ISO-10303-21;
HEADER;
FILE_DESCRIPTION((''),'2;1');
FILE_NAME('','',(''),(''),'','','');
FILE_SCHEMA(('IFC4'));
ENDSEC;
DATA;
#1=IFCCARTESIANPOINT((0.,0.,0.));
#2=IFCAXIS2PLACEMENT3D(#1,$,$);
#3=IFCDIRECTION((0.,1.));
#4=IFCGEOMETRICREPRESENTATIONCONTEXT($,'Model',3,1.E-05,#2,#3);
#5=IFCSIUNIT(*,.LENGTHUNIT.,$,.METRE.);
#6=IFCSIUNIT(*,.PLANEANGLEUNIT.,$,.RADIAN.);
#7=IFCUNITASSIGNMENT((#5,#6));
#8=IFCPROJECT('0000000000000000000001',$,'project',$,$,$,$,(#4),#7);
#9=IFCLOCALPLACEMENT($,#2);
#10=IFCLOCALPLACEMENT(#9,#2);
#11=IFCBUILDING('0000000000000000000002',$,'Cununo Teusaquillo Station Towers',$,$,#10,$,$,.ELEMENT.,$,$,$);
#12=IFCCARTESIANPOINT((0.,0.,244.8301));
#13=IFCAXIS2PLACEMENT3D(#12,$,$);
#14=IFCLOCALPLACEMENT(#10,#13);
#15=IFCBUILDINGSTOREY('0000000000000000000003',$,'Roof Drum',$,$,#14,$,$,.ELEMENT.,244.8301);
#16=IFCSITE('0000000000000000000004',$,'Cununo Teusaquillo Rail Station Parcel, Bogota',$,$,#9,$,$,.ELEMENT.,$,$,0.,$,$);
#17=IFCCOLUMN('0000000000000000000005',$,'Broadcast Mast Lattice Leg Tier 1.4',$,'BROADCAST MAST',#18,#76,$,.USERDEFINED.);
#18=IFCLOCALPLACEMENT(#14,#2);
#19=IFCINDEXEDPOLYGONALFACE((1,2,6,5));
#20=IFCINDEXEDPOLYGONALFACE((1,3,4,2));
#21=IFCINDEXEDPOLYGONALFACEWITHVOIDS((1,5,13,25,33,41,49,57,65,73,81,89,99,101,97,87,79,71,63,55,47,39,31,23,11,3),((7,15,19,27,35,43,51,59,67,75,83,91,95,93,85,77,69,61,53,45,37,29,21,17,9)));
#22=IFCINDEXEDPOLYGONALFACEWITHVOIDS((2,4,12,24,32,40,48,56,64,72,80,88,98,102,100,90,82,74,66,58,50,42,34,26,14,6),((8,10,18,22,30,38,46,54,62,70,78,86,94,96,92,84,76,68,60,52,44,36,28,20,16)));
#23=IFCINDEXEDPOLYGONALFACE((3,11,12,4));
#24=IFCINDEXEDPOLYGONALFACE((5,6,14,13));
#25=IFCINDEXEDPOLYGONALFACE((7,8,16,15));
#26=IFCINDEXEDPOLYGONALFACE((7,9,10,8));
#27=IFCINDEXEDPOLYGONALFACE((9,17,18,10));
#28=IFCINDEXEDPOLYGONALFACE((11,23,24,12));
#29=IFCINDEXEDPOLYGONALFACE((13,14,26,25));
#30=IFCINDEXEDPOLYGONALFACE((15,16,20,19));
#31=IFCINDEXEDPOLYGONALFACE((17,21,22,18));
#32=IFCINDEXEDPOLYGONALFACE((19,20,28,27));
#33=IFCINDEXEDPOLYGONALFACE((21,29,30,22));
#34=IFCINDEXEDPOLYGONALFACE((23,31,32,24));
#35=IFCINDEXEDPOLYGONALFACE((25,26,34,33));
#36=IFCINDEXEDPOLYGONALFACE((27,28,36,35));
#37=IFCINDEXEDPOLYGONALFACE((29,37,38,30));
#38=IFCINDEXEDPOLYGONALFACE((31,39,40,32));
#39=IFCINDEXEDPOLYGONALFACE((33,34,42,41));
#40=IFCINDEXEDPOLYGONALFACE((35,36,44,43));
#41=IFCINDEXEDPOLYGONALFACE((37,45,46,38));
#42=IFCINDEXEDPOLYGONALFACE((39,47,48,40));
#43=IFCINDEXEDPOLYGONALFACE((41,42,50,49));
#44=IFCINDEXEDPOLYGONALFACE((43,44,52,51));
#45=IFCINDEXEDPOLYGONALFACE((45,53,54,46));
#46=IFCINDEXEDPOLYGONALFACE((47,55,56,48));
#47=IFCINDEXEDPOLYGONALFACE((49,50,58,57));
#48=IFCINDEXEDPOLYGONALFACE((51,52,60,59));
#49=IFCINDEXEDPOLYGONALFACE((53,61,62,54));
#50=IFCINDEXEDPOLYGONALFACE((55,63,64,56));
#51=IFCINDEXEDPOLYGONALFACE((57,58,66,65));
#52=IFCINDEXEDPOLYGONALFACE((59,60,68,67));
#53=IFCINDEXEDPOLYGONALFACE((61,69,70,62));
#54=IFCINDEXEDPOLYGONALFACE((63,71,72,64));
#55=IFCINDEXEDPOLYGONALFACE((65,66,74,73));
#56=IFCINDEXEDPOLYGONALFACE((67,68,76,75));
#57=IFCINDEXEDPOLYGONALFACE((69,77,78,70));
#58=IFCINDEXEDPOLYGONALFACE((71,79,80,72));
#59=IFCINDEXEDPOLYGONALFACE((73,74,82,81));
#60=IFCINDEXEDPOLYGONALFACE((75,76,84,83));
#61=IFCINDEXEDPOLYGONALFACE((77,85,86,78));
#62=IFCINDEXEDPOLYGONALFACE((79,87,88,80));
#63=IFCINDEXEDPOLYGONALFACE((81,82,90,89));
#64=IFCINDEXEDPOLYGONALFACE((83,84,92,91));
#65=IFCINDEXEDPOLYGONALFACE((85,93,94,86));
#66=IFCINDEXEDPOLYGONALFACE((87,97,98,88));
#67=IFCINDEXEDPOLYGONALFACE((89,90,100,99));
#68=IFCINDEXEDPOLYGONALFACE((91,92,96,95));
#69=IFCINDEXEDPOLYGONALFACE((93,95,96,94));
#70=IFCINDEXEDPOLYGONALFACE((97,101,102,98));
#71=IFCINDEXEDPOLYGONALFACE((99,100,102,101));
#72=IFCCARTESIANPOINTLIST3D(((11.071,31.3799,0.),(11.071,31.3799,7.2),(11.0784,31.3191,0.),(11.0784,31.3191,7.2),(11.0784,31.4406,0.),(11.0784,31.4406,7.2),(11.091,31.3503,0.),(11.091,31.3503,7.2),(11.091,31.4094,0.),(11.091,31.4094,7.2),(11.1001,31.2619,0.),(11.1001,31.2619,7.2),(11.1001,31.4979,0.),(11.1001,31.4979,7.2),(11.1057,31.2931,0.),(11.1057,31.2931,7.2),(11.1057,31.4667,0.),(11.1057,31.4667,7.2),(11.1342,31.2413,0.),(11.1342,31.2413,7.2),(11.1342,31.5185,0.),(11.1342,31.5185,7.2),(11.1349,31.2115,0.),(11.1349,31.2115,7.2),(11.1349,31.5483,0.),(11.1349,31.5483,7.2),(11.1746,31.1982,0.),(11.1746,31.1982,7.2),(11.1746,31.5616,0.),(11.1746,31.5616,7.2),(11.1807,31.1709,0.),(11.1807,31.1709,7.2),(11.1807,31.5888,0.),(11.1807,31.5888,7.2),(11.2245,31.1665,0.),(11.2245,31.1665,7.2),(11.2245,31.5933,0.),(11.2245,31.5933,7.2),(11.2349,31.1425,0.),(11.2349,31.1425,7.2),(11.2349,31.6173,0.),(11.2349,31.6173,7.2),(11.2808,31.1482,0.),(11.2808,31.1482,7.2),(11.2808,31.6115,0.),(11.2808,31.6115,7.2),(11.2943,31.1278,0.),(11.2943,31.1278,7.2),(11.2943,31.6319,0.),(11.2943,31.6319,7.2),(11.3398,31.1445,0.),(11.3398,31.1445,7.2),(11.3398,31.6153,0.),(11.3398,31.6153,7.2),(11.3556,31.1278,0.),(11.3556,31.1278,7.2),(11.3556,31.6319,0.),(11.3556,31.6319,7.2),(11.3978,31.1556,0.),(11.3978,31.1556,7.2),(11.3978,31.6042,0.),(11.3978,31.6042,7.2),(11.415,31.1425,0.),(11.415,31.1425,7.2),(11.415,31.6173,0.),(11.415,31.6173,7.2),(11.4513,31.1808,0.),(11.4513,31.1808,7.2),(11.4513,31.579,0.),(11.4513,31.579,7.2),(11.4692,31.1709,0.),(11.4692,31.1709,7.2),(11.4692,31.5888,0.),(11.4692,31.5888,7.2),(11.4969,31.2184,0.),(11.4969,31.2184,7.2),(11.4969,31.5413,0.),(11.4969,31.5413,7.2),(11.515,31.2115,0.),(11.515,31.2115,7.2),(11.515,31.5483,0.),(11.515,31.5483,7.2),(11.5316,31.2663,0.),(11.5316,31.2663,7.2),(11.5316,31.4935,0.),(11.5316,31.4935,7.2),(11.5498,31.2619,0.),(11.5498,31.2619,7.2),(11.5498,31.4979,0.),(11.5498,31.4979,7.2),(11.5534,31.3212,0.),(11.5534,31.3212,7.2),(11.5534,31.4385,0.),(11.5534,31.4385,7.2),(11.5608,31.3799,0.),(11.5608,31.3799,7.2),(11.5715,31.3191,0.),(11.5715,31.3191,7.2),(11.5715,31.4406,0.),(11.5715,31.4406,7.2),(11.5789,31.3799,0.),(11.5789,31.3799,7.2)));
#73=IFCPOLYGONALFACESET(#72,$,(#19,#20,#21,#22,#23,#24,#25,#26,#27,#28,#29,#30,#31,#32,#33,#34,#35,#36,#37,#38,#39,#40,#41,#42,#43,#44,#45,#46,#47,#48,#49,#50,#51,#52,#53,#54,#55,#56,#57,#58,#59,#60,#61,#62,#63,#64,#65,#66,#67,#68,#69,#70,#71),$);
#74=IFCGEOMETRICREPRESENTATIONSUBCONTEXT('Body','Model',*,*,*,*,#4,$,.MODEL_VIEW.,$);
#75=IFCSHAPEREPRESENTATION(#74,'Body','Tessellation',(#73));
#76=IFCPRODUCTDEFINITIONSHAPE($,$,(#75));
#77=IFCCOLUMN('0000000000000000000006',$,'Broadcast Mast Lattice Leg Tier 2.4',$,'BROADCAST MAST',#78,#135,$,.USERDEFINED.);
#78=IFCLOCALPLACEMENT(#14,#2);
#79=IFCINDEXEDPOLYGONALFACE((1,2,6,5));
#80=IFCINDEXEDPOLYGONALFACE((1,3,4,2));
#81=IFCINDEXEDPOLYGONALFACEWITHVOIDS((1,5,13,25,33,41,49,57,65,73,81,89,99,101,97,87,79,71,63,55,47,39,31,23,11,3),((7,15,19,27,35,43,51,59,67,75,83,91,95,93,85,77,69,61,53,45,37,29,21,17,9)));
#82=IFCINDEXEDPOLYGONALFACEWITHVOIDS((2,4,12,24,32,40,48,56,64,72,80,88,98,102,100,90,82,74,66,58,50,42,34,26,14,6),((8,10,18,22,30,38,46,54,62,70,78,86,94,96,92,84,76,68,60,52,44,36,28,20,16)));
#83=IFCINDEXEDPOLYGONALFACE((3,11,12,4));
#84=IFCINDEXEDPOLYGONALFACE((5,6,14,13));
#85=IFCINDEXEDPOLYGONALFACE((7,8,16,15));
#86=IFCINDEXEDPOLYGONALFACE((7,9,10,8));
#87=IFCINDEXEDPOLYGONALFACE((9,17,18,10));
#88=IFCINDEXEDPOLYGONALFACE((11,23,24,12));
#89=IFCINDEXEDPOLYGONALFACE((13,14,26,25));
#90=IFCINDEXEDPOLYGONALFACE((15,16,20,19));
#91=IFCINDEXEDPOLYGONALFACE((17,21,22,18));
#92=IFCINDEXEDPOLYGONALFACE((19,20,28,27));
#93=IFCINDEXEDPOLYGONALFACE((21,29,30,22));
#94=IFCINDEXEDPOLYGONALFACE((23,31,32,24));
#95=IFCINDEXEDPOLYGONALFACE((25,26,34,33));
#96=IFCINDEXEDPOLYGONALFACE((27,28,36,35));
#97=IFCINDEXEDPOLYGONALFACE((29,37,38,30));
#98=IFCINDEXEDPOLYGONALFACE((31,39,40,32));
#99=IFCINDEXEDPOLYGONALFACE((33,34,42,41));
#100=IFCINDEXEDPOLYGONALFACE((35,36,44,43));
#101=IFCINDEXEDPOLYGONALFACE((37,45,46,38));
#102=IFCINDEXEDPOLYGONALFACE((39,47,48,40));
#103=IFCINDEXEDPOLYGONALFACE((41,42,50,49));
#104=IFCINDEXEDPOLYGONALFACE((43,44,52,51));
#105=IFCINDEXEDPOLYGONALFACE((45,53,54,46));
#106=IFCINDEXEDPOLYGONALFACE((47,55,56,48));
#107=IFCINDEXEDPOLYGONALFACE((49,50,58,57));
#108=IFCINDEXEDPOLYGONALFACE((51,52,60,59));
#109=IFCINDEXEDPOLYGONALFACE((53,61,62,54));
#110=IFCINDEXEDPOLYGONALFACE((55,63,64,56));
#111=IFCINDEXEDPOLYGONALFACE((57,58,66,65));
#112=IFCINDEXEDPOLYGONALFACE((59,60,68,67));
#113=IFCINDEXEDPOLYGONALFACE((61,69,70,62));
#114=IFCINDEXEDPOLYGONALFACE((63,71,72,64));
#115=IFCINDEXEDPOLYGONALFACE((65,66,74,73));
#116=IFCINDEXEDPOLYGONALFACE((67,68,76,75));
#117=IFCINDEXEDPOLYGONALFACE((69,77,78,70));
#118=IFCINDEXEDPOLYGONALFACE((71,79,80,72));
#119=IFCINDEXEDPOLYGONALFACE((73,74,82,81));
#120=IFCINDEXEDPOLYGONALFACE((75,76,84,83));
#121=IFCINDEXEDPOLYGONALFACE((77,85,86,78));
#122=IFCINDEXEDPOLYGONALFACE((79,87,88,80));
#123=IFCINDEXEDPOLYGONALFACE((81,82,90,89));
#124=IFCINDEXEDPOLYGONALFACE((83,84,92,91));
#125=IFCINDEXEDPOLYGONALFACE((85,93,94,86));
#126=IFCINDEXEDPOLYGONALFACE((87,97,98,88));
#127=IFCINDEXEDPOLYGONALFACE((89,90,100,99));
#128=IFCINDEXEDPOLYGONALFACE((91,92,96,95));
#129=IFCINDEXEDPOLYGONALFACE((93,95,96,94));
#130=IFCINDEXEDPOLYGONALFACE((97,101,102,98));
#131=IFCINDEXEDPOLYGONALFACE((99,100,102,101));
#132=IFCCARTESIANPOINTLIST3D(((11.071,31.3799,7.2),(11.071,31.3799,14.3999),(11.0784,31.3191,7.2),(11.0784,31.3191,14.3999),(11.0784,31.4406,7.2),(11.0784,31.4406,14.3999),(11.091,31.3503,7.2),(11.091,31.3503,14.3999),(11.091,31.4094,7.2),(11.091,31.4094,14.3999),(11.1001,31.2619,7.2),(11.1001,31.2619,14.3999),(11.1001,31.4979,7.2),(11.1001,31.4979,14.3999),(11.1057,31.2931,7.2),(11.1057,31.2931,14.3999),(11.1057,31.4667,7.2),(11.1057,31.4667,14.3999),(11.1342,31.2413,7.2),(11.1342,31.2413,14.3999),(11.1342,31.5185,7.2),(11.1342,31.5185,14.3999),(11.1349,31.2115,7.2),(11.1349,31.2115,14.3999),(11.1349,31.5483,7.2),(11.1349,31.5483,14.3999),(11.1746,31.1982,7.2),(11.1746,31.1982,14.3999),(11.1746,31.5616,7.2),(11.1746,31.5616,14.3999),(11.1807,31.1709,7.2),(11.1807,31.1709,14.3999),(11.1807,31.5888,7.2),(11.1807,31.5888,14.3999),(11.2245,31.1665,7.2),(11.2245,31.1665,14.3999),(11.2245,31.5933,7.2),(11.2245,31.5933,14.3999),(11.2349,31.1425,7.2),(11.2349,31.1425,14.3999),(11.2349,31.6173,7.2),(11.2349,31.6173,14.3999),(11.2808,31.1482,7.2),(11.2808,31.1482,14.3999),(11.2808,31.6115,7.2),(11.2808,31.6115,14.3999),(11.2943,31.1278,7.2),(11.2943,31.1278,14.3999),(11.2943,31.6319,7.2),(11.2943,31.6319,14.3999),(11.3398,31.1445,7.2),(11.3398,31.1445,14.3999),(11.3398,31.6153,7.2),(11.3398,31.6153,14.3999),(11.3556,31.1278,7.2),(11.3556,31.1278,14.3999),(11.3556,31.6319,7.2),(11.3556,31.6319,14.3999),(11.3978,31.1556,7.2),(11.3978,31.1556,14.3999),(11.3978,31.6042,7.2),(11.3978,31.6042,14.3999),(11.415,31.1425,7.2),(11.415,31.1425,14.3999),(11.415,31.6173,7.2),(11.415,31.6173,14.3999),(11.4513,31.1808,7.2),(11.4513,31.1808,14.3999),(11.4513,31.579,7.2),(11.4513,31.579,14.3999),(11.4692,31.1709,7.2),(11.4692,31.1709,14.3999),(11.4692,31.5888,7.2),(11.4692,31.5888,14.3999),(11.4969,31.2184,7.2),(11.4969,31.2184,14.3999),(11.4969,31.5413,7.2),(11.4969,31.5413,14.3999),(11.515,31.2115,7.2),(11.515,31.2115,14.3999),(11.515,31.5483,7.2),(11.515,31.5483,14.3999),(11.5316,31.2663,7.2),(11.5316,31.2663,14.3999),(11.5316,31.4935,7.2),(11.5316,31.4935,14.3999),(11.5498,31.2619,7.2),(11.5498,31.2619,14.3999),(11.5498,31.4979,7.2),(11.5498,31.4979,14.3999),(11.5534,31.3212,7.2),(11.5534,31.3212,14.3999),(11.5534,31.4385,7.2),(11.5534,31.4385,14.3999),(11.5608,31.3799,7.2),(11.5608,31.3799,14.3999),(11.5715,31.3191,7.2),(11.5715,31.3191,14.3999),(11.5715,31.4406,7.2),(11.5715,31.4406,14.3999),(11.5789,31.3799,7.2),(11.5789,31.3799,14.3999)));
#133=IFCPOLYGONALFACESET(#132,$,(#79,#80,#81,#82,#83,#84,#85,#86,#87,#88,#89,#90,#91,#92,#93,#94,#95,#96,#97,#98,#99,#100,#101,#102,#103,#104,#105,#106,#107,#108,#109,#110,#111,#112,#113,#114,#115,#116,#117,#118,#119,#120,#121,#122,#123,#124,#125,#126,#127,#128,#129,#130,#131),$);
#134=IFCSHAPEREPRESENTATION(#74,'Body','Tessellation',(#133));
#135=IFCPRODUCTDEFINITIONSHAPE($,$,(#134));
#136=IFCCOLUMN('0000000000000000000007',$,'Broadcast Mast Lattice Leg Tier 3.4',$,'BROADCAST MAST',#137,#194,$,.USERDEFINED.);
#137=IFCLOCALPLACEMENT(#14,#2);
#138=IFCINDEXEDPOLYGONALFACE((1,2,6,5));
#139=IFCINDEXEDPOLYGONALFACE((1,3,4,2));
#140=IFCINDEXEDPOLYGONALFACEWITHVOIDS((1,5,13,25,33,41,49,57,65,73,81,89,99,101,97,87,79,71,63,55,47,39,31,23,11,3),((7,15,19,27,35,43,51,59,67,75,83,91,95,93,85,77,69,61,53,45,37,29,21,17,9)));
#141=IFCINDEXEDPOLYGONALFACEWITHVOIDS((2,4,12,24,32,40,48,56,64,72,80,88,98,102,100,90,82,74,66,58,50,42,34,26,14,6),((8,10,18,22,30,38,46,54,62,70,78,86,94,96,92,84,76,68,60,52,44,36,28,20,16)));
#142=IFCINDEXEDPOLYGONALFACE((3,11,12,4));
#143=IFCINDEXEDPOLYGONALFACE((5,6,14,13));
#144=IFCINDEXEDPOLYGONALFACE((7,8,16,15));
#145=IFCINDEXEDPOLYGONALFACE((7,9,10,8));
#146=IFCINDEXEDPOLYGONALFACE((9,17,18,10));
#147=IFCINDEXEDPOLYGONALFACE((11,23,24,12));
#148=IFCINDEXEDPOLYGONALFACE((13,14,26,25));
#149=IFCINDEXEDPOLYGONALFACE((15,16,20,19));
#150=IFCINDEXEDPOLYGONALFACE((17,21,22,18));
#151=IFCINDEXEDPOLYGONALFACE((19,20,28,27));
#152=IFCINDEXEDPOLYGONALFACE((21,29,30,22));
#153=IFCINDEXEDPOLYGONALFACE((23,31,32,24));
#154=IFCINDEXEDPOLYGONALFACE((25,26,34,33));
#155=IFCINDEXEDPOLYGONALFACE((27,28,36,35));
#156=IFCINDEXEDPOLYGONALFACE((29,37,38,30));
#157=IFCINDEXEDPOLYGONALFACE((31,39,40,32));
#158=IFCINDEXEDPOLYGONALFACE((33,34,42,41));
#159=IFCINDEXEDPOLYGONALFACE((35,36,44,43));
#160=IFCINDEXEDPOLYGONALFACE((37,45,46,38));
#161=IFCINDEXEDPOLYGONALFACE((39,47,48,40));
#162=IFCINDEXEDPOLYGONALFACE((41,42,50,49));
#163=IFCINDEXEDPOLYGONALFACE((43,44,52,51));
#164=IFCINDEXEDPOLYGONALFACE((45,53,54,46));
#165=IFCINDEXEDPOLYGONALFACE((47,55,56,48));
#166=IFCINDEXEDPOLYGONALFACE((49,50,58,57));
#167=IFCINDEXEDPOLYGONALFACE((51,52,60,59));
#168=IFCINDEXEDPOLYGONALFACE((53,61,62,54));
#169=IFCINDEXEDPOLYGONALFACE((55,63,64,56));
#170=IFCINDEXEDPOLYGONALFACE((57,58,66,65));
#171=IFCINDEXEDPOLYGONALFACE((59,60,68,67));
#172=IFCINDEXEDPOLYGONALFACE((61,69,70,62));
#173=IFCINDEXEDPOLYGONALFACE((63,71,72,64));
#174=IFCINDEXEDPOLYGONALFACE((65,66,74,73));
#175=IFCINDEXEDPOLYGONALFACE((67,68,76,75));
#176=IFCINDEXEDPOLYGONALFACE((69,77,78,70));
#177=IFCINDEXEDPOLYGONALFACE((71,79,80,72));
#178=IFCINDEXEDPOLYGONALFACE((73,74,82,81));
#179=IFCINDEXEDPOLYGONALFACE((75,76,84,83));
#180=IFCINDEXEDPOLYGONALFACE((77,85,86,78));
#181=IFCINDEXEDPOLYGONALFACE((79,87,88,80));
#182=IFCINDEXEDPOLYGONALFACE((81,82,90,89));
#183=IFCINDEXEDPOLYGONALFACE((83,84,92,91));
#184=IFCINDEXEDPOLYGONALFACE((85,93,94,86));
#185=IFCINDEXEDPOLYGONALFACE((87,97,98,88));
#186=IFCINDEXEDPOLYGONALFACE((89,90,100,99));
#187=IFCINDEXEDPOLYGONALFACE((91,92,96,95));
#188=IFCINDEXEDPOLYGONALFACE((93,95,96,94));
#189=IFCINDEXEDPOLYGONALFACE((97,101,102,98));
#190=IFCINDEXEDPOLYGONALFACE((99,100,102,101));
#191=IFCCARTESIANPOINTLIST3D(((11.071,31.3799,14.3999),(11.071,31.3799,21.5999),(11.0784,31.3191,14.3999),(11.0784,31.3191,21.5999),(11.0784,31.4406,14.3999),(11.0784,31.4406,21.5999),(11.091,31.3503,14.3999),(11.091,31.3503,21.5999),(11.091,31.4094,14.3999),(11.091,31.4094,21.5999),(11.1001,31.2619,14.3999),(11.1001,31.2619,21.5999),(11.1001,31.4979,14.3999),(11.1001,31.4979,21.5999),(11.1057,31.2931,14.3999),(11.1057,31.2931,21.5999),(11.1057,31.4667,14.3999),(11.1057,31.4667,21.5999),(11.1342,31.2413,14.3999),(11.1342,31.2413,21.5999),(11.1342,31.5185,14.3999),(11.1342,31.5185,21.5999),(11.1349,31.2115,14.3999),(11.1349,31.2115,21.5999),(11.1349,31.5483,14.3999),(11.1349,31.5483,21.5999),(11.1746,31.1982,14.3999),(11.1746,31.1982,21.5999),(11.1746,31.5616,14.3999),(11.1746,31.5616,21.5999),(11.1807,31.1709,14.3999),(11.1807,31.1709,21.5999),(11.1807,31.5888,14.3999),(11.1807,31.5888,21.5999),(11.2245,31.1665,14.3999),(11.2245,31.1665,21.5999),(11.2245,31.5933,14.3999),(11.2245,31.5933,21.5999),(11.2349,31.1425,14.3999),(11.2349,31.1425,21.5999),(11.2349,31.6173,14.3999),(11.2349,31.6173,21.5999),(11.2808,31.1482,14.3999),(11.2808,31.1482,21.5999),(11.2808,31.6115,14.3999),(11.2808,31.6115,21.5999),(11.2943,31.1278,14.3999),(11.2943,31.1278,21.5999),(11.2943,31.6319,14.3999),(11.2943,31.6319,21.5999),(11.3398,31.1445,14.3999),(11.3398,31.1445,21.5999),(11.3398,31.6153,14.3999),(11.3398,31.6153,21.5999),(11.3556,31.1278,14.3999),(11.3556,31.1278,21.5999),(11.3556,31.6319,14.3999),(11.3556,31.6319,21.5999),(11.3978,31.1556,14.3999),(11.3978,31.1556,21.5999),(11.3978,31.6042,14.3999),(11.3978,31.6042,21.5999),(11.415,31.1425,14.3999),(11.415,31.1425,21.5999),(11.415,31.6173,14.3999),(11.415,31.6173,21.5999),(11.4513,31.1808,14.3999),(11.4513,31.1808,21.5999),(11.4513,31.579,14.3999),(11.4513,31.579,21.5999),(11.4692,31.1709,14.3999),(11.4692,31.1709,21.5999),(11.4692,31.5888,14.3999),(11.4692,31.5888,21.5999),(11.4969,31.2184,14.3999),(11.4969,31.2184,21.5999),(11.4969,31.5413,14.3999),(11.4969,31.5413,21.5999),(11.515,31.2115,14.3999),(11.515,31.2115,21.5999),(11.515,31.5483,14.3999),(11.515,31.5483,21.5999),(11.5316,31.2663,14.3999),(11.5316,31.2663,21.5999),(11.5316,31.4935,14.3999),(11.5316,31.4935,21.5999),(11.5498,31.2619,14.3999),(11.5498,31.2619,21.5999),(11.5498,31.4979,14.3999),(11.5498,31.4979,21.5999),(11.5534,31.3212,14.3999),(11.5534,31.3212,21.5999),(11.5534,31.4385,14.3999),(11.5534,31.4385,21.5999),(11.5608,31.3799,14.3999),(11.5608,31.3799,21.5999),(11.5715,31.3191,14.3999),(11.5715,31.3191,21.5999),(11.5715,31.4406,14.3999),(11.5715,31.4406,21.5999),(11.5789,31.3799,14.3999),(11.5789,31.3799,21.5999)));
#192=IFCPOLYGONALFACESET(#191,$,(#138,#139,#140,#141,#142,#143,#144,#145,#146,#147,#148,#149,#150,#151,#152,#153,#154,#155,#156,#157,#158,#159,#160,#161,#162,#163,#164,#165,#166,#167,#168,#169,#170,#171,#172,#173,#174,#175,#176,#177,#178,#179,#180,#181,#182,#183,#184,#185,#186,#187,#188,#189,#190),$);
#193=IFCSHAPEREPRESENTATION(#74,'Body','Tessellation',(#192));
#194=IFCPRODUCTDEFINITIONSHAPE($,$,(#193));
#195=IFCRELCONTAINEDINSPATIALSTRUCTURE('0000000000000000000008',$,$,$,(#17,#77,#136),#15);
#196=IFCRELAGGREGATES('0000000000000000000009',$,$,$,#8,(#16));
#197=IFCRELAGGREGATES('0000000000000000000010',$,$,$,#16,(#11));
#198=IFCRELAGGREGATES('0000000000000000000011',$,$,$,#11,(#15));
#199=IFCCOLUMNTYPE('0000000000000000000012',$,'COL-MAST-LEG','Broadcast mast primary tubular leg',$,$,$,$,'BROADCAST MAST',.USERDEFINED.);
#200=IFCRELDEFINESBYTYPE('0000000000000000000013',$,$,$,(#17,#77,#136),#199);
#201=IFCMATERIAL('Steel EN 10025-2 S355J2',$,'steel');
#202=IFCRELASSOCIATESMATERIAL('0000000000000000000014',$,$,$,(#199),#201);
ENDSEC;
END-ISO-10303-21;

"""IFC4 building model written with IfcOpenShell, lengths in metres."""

from ifc_helpers import new_model, si_unit, direction, frame, origin, origin_2d, place, context, subcontext, project, spatial, hollow_circle, extrude, material, material_profile, profile_set, type_object, element, save


model = new_model("IFC4")

# Units and contexts
model_context = context("Model", 3, precision=1e-05, world=origin(), true_north=direction((0.0, 1.0)))
body_context = subcontext(model_context, "Body", "Model", "MODEL_VIEW")
ifc_project = project(units=[si_unit("LENGTHUNIT", "METRE"), si_unit("PLANEANGLEUNIT", "RADIAN")], contexts=[model_context])

# Site, building, storey
site_placement = place(None, origin())
site = spatial("IfcSite", under=ifc_project, at=site_placement, Name="Cununo Teusaquillo Rail Station Parcel, Bogota", CompositionType="ELEMENT", RefElevation=0.0)
building_placement = place(site_placement, origin())
building = spatial("IfcBuilding", under=site, at=building_placement, Name="Cununo Teusaquillo Station Towers", CompositionType="ELEMENT")
storey_placement = place(building_placement, frame((0.0, 0.0, 244.8301)))
storey = spatial("IfcBuildingStorey", under=building, at=storey_placement, Name="Roof Drum", CompositionType="ELEMENT", Elevation=244.8301)

# Columns
ifc_material_1 = material(Name="Steel EN 10025-2 S355J2", Category="steel")
ifc_material_profile_1 = material_profile(ifc_material_1, hollow_circle(Radius=0.2539, WallThickness=0.0181, at=origin_2d()), Name="CHS 508x18")
ifc_profile_set_1 = profile_set([ifc_material_profile_1], Name="Steel EN 10025-2 S355J2")
column_type = type_object("IfcColumnType", Name="COL-MAST-LEG", Description="Broadcast mast primary tubular leg", ElementType="BROADCAST MAST", PredefinedType="USERDEFINED", material=ifc_profile_set_1)
for number, where, z_axis, x_axis, name in (
    (1, (11.325, 31.3799, 0.0), (0.0, 0.0, 1.0), (1.0, 0.0, 0.0), "Broadcast Mast Lattice Leg Tier 1.4"),
    (2, (11.325, 31.3799, 7.2), (0.0, 0.0, 1.0), (1.0, 0.0, 0.0), "Broadcast Mast Lattice Leg Tier 2.4"),
    (3, (11.325, 31.3799, 14.3999), (0.0, 0.0, 1.0), (1.0, 0.0, 0.0), "Broadcast Mast Lattice Leg Tier 3.4"),
):
    element("IfcColumn", number, at=place(storey_placement, frame(where, z_axis=z_axis, x_axis=x_axis)), inside=storey, type_object=column_type, Name=name, ObjectType="BROADCAST MAST", PredefinedType="USERDEFINED", context=body_context, shape_type="SweptSolid", body=[
        extrude(hollow_circle(Radius=0.2539, WallThickness=0.0181, at=origin_2d()), origin(), (0.0, 0.0, 1.0), 7.2),
    ])

save(model, "model.ifc")
